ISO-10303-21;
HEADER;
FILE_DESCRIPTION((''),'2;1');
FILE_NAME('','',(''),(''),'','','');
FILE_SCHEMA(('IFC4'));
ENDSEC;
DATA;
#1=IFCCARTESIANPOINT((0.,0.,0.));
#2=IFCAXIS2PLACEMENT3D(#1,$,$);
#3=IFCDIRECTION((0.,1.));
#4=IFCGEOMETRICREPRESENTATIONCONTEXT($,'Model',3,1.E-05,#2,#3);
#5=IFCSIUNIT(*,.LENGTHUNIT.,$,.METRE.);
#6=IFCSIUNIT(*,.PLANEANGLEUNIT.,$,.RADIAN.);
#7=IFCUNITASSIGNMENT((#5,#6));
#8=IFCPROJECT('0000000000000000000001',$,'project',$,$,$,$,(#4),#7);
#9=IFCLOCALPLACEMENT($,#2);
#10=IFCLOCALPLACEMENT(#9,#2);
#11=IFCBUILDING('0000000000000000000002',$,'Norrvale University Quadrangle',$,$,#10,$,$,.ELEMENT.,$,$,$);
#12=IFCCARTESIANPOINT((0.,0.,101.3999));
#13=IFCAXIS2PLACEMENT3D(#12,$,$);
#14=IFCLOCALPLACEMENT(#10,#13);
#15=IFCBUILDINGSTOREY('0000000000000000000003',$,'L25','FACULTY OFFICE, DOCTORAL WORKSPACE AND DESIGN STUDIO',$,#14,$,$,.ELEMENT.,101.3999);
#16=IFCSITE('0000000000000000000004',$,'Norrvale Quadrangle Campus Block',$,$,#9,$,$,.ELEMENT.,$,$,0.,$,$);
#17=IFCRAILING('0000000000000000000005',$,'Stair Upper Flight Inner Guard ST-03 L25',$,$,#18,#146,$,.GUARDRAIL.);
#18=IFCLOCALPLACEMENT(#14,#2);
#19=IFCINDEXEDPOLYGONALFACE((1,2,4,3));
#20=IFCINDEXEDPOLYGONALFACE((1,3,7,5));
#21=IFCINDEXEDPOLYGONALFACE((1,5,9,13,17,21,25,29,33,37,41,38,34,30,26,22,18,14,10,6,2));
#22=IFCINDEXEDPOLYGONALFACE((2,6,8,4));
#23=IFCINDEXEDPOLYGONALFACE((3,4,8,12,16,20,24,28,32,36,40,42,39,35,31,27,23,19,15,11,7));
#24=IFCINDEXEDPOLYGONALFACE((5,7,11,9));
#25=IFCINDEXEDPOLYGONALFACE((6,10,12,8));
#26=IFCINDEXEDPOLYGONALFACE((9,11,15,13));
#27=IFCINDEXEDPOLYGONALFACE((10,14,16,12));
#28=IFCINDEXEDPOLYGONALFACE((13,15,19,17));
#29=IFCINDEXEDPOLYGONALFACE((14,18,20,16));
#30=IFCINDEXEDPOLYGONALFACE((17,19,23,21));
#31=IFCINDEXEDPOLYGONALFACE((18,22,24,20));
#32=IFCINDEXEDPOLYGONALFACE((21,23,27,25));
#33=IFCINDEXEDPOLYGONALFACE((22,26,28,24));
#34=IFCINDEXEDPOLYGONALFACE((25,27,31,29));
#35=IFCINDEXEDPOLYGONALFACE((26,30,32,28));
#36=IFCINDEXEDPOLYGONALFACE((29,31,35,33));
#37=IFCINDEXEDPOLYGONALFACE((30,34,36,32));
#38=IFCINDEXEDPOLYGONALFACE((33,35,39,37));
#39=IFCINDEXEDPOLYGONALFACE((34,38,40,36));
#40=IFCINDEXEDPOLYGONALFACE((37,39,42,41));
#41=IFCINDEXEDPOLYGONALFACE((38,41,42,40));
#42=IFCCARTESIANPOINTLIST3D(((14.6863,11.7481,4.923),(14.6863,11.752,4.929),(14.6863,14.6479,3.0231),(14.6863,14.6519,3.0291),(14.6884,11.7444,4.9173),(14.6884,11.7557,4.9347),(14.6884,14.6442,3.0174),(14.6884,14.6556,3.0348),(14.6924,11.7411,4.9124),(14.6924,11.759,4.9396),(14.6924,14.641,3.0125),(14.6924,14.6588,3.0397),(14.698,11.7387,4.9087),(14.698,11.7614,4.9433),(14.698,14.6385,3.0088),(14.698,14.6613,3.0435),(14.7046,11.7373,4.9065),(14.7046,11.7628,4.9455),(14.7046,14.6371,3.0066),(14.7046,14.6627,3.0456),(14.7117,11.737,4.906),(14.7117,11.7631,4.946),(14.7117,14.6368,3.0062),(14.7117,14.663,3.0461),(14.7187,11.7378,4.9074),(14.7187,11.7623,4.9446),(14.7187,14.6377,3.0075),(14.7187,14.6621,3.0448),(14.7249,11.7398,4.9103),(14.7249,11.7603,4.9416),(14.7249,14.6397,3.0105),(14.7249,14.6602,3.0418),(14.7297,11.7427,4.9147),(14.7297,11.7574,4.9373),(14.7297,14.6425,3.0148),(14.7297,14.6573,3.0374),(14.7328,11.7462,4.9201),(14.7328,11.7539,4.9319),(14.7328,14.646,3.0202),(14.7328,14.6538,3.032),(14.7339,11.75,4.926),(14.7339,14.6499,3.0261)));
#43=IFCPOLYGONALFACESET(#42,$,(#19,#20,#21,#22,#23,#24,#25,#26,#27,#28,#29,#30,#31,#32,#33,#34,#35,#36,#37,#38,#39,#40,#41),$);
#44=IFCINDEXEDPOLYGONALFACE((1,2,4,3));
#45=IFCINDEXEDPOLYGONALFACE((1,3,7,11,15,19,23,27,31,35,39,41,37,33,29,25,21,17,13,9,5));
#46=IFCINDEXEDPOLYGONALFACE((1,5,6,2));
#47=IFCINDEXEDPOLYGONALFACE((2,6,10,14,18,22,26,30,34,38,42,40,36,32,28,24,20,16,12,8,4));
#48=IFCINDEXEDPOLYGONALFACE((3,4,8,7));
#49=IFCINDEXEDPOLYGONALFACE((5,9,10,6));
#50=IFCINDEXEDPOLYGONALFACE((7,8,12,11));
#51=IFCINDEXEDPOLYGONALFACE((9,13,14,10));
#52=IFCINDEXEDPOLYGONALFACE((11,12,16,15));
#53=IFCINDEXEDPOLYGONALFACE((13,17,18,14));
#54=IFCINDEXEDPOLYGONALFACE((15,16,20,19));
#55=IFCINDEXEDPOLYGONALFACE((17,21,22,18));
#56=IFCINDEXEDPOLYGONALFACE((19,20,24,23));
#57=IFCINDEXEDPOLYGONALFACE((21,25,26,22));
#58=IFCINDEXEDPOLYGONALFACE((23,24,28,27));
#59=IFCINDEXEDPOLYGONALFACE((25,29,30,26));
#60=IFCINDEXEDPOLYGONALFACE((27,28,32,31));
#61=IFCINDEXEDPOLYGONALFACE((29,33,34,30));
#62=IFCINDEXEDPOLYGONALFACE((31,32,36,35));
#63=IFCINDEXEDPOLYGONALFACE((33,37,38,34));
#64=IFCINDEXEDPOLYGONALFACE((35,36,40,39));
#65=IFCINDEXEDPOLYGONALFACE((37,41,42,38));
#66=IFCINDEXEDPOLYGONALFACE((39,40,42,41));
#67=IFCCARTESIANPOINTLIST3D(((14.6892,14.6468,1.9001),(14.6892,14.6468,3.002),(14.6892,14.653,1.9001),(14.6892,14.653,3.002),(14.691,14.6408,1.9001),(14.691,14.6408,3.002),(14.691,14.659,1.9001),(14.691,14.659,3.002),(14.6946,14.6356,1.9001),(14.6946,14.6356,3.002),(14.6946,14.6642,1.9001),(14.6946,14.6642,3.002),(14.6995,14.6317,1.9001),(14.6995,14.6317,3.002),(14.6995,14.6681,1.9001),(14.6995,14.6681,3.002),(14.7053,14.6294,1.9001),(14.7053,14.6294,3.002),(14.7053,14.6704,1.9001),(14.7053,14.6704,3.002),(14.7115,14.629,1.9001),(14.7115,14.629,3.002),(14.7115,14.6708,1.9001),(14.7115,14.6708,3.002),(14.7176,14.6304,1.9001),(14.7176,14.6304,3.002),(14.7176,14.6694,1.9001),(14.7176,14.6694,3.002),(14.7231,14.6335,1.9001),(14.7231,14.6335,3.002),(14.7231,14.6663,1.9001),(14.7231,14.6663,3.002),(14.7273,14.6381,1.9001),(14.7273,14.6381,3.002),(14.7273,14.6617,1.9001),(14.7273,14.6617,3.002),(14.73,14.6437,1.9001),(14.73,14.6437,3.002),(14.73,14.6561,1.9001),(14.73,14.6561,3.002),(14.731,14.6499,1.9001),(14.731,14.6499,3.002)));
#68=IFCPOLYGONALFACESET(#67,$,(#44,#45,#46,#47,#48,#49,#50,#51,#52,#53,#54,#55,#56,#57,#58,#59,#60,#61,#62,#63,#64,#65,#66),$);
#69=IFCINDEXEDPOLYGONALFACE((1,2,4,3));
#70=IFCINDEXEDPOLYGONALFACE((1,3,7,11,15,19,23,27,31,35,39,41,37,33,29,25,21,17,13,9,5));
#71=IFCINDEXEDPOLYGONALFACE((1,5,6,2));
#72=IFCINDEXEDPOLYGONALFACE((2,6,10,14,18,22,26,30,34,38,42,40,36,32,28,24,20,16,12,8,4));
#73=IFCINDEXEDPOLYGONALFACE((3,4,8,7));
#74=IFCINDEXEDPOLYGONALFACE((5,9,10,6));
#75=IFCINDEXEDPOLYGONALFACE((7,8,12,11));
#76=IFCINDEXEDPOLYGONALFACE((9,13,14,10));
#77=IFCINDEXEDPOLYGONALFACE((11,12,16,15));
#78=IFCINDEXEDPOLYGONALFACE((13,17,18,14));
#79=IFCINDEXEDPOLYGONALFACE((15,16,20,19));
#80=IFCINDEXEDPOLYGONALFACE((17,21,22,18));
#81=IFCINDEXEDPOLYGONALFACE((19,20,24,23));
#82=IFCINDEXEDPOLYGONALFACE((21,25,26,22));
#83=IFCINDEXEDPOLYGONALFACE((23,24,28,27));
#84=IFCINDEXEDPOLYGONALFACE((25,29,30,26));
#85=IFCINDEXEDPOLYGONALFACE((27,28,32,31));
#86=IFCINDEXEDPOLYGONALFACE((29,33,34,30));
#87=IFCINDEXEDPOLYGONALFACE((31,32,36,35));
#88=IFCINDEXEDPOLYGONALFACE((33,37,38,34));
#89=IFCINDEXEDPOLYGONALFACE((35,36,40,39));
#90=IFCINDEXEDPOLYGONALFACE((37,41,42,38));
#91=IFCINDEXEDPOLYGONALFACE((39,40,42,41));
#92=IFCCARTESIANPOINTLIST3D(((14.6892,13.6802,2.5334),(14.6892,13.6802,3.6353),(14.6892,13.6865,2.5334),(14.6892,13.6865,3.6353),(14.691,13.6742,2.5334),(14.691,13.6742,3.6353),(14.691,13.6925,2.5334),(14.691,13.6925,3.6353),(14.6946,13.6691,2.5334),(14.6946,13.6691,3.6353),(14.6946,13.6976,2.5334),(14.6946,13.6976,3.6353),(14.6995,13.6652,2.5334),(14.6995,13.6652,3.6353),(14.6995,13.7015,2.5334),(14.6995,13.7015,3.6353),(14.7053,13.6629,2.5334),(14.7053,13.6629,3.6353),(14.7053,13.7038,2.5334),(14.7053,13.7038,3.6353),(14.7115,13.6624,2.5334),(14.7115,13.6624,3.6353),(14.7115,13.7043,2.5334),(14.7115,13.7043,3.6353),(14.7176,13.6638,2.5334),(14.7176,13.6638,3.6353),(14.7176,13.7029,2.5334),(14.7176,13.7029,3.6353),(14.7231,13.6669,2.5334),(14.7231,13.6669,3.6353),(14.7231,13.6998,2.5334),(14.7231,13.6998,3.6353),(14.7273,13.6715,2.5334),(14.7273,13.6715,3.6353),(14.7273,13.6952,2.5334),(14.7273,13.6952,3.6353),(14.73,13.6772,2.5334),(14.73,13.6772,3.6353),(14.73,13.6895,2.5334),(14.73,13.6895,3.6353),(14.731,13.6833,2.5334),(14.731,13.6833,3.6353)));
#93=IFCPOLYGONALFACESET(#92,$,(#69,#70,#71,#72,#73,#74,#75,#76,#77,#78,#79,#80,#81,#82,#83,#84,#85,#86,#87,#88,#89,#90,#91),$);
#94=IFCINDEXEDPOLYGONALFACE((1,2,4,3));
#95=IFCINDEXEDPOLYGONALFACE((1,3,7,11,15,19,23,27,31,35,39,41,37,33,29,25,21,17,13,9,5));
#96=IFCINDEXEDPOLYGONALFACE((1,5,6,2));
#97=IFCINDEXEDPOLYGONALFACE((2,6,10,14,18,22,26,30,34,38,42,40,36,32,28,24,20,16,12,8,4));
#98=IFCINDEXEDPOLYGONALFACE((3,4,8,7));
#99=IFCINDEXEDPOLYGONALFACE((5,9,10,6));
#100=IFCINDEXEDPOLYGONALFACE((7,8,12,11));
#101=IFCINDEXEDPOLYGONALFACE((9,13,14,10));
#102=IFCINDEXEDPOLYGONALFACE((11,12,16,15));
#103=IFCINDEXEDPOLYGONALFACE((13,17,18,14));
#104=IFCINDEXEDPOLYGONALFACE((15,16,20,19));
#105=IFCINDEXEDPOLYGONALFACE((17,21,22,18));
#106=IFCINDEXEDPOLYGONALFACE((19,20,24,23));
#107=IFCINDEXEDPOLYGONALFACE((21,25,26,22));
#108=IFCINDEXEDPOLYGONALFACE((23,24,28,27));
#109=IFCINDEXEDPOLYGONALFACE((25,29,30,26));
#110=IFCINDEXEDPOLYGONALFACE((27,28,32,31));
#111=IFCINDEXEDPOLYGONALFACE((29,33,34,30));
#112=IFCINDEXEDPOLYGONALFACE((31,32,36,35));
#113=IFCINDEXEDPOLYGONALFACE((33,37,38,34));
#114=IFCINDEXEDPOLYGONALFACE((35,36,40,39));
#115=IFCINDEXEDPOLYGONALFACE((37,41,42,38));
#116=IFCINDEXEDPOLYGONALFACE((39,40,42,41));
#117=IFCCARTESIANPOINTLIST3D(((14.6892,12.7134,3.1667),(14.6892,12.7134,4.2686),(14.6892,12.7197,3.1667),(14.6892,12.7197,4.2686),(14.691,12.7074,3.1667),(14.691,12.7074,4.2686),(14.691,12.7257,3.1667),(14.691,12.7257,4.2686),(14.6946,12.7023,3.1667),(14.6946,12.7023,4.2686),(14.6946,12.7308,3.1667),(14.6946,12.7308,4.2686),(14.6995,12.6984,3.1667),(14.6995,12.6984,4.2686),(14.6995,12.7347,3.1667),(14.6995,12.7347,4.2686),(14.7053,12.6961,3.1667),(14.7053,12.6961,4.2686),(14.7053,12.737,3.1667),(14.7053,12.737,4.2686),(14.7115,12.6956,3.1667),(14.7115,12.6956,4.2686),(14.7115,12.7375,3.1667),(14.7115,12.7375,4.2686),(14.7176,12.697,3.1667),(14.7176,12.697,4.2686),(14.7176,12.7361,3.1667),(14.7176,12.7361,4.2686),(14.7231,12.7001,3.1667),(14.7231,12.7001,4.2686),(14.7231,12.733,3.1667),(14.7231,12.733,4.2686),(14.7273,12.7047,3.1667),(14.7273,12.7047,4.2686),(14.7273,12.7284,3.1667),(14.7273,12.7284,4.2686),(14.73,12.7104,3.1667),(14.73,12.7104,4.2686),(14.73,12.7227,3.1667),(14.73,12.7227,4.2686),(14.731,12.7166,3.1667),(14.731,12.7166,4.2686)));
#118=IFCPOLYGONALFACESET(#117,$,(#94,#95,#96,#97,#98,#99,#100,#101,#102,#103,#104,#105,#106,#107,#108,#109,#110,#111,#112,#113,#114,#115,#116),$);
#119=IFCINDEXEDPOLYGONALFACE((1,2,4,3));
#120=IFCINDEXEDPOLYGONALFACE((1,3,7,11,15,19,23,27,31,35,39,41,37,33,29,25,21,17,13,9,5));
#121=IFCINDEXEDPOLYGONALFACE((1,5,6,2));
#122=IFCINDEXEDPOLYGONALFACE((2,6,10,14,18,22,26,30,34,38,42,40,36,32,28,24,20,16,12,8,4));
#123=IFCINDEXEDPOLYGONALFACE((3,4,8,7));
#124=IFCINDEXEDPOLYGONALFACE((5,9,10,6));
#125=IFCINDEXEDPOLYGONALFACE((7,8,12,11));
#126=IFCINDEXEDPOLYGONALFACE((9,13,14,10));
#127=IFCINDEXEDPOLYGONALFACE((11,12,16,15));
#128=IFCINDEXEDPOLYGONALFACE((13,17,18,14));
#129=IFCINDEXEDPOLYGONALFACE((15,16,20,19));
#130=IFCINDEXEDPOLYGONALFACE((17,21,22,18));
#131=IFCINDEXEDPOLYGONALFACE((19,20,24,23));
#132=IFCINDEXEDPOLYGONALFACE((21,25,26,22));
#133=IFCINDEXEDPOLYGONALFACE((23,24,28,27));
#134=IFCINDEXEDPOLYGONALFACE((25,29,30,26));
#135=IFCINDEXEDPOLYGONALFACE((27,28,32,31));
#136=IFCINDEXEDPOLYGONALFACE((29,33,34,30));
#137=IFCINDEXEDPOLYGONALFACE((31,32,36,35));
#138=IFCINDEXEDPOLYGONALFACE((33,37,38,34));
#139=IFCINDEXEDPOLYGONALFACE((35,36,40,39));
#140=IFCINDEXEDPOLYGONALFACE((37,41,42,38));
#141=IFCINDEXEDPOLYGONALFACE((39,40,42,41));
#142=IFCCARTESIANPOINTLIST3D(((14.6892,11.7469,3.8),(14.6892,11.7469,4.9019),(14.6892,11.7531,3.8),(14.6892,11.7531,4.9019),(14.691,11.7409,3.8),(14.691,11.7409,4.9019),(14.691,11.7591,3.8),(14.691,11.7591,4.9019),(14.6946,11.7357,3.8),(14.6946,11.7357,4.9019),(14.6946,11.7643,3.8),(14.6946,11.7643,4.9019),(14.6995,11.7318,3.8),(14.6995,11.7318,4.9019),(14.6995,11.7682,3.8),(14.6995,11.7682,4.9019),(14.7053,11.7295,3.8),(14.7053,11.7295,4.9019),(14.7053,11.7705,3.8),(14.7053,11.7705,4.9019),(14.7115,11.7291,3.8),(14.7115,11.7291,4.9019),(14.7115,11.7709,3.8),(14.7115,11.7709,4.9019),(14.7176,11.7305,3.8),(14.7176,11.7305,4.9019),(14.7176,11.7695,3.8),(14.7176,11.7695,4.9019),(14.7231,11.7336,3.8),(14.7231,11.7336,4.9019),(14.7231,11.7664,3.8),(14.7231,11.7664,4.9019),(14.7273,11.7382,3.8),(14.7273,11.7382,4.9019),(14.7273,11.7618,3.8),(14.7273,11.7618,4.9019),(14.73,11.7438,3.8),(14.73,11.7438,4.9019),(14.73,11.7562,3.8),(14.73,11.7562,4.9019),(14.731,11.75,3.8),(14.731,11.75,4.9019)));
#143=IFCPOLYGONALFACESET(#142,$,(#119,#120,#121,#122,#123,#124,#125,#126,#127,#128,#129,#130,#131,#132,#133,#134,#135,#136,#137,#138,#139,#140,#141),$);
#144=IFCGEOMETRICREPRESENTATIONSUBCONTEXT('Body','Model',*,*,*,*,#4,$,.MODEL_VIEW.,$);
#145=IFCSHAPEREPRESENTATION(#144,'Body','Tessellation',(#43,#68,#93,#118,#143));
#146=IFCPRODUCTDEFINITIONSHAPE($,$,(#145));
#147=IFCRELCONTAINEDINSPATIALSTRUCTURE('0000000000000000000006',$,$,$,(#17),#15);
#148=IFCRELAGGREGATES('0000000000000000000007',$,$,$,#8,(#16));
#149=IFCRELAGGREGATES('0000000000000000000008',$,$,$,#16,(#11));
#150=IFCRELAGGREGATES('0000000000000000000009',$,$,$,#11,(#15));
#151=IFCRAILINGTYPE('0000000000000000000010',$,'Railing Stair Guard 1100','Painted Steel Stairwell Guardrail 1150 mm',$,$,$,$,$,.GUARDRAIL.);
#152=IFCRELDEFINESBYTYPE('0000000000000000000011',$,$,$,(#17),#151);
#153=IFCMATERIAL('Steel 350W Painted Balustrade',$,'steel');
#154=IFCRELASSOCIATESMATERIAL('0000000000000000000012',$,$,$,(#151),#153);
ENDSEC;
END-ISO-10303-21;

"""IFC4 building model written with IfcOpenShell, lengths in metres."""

from ifc_helpers import new_model, si_unit, direction, frame, origin, origin_2d, place, context, subcontext, project, spatial, circle, extrude, material, type_object, element, save


model = new_model("IFC4")

# Units and contexts
model_context = context("Model", 3, precision=1e-05, world=origin(), true_north=direction((0.0, 1.0)))
body_context = subcontext(model_context, "Body", "Model", "MODEL_VIEW")
ifc_project = project(units=[si_unit("LENGTHUNIT", "METRE"), si_unit("PLANEANGLEUNIT", "RADIAN")], contexts=[model_context])

# Site, building, storey
site_placement = place(None, origin())
site = spatial("IfcSite", under=ifc_project, at=site_placement, Name="Norrvale Quadrangle Campus Block", CompositionType="ELEMENT", RefElevation=0.0)
building_placement = place(site_placement, origin())
building = spatial("IfcBuilding", under=site, at=building_placement, Name="Norrvale University Quadrangle", CompositionType="ELEMENT")
storey_placement = place(building_placement, frame((0.0, 0.0, 101.3999)))
storey = spatial("IfcBuildingStorey", under=building, at=storey_placement, Name="L25", Description="FACULTY OFFICE, DOCTORAL WORKSPACE AND DESIGN STUDIO", CompositionType="ELEMENT", Elevation=101.3999)

# Railing
ifc_material_1 = material(Name="Steel 350W Painted Balustrade", Category="steel")
railing_type_1 = type_object("IfcRailingType", Name="Railing Stair Guard 1100", Description="Painted Steel Stairwell Guardrail 1150 mm", PredefinedType="GUARDRAIL", material=ifc_material_1)
railing_1_placement = place(storey_placement, frame((14.71, 14.6499, 1.9001)))
element("IfcRailing", 1, at=railing_1_placement, inside=storey, type_object=railing_type_1, Name="Stair Upper Flight Inner Guard ST-03 L25", PredefinedType="GUARDRAIL", context=body_context, shape_type="SweptSolid", body=[
    extrude(circle(Radius=0.0239, at=origin_2d()), frame((0.0, 0.0, 1.126), z_axis=(0.0, -0.836466, 0.548019), x_axis=(1.0, 0.0, 0.0)), (0.0, 0.0, 1.0), 3.4668),
    extrude(circle(Radius=0.021, at=origin_2d()), origin(), (0.0, 0.0, 1.0), 1.1018),
    extrude(circle(Radius=0.021, at=origin_2d()), frame((0.0, -0.9666, 0.6333)), (0.0, 0.0, 1.0), 1.1018),
    extrude(circle(Radius=0.021, at=origin_2d()), frame((0.0, -1.9333, 1.2666)), (0.0, 0.0, 1.0), 1.1018),
    extrude(circle(Radius=0.021, at=origin_2d()), frame((0.0, -2.8999, 1.8999)), (0.0, 0.0, 1.0), 1.1018),
])

save(model, "model.ifc")
